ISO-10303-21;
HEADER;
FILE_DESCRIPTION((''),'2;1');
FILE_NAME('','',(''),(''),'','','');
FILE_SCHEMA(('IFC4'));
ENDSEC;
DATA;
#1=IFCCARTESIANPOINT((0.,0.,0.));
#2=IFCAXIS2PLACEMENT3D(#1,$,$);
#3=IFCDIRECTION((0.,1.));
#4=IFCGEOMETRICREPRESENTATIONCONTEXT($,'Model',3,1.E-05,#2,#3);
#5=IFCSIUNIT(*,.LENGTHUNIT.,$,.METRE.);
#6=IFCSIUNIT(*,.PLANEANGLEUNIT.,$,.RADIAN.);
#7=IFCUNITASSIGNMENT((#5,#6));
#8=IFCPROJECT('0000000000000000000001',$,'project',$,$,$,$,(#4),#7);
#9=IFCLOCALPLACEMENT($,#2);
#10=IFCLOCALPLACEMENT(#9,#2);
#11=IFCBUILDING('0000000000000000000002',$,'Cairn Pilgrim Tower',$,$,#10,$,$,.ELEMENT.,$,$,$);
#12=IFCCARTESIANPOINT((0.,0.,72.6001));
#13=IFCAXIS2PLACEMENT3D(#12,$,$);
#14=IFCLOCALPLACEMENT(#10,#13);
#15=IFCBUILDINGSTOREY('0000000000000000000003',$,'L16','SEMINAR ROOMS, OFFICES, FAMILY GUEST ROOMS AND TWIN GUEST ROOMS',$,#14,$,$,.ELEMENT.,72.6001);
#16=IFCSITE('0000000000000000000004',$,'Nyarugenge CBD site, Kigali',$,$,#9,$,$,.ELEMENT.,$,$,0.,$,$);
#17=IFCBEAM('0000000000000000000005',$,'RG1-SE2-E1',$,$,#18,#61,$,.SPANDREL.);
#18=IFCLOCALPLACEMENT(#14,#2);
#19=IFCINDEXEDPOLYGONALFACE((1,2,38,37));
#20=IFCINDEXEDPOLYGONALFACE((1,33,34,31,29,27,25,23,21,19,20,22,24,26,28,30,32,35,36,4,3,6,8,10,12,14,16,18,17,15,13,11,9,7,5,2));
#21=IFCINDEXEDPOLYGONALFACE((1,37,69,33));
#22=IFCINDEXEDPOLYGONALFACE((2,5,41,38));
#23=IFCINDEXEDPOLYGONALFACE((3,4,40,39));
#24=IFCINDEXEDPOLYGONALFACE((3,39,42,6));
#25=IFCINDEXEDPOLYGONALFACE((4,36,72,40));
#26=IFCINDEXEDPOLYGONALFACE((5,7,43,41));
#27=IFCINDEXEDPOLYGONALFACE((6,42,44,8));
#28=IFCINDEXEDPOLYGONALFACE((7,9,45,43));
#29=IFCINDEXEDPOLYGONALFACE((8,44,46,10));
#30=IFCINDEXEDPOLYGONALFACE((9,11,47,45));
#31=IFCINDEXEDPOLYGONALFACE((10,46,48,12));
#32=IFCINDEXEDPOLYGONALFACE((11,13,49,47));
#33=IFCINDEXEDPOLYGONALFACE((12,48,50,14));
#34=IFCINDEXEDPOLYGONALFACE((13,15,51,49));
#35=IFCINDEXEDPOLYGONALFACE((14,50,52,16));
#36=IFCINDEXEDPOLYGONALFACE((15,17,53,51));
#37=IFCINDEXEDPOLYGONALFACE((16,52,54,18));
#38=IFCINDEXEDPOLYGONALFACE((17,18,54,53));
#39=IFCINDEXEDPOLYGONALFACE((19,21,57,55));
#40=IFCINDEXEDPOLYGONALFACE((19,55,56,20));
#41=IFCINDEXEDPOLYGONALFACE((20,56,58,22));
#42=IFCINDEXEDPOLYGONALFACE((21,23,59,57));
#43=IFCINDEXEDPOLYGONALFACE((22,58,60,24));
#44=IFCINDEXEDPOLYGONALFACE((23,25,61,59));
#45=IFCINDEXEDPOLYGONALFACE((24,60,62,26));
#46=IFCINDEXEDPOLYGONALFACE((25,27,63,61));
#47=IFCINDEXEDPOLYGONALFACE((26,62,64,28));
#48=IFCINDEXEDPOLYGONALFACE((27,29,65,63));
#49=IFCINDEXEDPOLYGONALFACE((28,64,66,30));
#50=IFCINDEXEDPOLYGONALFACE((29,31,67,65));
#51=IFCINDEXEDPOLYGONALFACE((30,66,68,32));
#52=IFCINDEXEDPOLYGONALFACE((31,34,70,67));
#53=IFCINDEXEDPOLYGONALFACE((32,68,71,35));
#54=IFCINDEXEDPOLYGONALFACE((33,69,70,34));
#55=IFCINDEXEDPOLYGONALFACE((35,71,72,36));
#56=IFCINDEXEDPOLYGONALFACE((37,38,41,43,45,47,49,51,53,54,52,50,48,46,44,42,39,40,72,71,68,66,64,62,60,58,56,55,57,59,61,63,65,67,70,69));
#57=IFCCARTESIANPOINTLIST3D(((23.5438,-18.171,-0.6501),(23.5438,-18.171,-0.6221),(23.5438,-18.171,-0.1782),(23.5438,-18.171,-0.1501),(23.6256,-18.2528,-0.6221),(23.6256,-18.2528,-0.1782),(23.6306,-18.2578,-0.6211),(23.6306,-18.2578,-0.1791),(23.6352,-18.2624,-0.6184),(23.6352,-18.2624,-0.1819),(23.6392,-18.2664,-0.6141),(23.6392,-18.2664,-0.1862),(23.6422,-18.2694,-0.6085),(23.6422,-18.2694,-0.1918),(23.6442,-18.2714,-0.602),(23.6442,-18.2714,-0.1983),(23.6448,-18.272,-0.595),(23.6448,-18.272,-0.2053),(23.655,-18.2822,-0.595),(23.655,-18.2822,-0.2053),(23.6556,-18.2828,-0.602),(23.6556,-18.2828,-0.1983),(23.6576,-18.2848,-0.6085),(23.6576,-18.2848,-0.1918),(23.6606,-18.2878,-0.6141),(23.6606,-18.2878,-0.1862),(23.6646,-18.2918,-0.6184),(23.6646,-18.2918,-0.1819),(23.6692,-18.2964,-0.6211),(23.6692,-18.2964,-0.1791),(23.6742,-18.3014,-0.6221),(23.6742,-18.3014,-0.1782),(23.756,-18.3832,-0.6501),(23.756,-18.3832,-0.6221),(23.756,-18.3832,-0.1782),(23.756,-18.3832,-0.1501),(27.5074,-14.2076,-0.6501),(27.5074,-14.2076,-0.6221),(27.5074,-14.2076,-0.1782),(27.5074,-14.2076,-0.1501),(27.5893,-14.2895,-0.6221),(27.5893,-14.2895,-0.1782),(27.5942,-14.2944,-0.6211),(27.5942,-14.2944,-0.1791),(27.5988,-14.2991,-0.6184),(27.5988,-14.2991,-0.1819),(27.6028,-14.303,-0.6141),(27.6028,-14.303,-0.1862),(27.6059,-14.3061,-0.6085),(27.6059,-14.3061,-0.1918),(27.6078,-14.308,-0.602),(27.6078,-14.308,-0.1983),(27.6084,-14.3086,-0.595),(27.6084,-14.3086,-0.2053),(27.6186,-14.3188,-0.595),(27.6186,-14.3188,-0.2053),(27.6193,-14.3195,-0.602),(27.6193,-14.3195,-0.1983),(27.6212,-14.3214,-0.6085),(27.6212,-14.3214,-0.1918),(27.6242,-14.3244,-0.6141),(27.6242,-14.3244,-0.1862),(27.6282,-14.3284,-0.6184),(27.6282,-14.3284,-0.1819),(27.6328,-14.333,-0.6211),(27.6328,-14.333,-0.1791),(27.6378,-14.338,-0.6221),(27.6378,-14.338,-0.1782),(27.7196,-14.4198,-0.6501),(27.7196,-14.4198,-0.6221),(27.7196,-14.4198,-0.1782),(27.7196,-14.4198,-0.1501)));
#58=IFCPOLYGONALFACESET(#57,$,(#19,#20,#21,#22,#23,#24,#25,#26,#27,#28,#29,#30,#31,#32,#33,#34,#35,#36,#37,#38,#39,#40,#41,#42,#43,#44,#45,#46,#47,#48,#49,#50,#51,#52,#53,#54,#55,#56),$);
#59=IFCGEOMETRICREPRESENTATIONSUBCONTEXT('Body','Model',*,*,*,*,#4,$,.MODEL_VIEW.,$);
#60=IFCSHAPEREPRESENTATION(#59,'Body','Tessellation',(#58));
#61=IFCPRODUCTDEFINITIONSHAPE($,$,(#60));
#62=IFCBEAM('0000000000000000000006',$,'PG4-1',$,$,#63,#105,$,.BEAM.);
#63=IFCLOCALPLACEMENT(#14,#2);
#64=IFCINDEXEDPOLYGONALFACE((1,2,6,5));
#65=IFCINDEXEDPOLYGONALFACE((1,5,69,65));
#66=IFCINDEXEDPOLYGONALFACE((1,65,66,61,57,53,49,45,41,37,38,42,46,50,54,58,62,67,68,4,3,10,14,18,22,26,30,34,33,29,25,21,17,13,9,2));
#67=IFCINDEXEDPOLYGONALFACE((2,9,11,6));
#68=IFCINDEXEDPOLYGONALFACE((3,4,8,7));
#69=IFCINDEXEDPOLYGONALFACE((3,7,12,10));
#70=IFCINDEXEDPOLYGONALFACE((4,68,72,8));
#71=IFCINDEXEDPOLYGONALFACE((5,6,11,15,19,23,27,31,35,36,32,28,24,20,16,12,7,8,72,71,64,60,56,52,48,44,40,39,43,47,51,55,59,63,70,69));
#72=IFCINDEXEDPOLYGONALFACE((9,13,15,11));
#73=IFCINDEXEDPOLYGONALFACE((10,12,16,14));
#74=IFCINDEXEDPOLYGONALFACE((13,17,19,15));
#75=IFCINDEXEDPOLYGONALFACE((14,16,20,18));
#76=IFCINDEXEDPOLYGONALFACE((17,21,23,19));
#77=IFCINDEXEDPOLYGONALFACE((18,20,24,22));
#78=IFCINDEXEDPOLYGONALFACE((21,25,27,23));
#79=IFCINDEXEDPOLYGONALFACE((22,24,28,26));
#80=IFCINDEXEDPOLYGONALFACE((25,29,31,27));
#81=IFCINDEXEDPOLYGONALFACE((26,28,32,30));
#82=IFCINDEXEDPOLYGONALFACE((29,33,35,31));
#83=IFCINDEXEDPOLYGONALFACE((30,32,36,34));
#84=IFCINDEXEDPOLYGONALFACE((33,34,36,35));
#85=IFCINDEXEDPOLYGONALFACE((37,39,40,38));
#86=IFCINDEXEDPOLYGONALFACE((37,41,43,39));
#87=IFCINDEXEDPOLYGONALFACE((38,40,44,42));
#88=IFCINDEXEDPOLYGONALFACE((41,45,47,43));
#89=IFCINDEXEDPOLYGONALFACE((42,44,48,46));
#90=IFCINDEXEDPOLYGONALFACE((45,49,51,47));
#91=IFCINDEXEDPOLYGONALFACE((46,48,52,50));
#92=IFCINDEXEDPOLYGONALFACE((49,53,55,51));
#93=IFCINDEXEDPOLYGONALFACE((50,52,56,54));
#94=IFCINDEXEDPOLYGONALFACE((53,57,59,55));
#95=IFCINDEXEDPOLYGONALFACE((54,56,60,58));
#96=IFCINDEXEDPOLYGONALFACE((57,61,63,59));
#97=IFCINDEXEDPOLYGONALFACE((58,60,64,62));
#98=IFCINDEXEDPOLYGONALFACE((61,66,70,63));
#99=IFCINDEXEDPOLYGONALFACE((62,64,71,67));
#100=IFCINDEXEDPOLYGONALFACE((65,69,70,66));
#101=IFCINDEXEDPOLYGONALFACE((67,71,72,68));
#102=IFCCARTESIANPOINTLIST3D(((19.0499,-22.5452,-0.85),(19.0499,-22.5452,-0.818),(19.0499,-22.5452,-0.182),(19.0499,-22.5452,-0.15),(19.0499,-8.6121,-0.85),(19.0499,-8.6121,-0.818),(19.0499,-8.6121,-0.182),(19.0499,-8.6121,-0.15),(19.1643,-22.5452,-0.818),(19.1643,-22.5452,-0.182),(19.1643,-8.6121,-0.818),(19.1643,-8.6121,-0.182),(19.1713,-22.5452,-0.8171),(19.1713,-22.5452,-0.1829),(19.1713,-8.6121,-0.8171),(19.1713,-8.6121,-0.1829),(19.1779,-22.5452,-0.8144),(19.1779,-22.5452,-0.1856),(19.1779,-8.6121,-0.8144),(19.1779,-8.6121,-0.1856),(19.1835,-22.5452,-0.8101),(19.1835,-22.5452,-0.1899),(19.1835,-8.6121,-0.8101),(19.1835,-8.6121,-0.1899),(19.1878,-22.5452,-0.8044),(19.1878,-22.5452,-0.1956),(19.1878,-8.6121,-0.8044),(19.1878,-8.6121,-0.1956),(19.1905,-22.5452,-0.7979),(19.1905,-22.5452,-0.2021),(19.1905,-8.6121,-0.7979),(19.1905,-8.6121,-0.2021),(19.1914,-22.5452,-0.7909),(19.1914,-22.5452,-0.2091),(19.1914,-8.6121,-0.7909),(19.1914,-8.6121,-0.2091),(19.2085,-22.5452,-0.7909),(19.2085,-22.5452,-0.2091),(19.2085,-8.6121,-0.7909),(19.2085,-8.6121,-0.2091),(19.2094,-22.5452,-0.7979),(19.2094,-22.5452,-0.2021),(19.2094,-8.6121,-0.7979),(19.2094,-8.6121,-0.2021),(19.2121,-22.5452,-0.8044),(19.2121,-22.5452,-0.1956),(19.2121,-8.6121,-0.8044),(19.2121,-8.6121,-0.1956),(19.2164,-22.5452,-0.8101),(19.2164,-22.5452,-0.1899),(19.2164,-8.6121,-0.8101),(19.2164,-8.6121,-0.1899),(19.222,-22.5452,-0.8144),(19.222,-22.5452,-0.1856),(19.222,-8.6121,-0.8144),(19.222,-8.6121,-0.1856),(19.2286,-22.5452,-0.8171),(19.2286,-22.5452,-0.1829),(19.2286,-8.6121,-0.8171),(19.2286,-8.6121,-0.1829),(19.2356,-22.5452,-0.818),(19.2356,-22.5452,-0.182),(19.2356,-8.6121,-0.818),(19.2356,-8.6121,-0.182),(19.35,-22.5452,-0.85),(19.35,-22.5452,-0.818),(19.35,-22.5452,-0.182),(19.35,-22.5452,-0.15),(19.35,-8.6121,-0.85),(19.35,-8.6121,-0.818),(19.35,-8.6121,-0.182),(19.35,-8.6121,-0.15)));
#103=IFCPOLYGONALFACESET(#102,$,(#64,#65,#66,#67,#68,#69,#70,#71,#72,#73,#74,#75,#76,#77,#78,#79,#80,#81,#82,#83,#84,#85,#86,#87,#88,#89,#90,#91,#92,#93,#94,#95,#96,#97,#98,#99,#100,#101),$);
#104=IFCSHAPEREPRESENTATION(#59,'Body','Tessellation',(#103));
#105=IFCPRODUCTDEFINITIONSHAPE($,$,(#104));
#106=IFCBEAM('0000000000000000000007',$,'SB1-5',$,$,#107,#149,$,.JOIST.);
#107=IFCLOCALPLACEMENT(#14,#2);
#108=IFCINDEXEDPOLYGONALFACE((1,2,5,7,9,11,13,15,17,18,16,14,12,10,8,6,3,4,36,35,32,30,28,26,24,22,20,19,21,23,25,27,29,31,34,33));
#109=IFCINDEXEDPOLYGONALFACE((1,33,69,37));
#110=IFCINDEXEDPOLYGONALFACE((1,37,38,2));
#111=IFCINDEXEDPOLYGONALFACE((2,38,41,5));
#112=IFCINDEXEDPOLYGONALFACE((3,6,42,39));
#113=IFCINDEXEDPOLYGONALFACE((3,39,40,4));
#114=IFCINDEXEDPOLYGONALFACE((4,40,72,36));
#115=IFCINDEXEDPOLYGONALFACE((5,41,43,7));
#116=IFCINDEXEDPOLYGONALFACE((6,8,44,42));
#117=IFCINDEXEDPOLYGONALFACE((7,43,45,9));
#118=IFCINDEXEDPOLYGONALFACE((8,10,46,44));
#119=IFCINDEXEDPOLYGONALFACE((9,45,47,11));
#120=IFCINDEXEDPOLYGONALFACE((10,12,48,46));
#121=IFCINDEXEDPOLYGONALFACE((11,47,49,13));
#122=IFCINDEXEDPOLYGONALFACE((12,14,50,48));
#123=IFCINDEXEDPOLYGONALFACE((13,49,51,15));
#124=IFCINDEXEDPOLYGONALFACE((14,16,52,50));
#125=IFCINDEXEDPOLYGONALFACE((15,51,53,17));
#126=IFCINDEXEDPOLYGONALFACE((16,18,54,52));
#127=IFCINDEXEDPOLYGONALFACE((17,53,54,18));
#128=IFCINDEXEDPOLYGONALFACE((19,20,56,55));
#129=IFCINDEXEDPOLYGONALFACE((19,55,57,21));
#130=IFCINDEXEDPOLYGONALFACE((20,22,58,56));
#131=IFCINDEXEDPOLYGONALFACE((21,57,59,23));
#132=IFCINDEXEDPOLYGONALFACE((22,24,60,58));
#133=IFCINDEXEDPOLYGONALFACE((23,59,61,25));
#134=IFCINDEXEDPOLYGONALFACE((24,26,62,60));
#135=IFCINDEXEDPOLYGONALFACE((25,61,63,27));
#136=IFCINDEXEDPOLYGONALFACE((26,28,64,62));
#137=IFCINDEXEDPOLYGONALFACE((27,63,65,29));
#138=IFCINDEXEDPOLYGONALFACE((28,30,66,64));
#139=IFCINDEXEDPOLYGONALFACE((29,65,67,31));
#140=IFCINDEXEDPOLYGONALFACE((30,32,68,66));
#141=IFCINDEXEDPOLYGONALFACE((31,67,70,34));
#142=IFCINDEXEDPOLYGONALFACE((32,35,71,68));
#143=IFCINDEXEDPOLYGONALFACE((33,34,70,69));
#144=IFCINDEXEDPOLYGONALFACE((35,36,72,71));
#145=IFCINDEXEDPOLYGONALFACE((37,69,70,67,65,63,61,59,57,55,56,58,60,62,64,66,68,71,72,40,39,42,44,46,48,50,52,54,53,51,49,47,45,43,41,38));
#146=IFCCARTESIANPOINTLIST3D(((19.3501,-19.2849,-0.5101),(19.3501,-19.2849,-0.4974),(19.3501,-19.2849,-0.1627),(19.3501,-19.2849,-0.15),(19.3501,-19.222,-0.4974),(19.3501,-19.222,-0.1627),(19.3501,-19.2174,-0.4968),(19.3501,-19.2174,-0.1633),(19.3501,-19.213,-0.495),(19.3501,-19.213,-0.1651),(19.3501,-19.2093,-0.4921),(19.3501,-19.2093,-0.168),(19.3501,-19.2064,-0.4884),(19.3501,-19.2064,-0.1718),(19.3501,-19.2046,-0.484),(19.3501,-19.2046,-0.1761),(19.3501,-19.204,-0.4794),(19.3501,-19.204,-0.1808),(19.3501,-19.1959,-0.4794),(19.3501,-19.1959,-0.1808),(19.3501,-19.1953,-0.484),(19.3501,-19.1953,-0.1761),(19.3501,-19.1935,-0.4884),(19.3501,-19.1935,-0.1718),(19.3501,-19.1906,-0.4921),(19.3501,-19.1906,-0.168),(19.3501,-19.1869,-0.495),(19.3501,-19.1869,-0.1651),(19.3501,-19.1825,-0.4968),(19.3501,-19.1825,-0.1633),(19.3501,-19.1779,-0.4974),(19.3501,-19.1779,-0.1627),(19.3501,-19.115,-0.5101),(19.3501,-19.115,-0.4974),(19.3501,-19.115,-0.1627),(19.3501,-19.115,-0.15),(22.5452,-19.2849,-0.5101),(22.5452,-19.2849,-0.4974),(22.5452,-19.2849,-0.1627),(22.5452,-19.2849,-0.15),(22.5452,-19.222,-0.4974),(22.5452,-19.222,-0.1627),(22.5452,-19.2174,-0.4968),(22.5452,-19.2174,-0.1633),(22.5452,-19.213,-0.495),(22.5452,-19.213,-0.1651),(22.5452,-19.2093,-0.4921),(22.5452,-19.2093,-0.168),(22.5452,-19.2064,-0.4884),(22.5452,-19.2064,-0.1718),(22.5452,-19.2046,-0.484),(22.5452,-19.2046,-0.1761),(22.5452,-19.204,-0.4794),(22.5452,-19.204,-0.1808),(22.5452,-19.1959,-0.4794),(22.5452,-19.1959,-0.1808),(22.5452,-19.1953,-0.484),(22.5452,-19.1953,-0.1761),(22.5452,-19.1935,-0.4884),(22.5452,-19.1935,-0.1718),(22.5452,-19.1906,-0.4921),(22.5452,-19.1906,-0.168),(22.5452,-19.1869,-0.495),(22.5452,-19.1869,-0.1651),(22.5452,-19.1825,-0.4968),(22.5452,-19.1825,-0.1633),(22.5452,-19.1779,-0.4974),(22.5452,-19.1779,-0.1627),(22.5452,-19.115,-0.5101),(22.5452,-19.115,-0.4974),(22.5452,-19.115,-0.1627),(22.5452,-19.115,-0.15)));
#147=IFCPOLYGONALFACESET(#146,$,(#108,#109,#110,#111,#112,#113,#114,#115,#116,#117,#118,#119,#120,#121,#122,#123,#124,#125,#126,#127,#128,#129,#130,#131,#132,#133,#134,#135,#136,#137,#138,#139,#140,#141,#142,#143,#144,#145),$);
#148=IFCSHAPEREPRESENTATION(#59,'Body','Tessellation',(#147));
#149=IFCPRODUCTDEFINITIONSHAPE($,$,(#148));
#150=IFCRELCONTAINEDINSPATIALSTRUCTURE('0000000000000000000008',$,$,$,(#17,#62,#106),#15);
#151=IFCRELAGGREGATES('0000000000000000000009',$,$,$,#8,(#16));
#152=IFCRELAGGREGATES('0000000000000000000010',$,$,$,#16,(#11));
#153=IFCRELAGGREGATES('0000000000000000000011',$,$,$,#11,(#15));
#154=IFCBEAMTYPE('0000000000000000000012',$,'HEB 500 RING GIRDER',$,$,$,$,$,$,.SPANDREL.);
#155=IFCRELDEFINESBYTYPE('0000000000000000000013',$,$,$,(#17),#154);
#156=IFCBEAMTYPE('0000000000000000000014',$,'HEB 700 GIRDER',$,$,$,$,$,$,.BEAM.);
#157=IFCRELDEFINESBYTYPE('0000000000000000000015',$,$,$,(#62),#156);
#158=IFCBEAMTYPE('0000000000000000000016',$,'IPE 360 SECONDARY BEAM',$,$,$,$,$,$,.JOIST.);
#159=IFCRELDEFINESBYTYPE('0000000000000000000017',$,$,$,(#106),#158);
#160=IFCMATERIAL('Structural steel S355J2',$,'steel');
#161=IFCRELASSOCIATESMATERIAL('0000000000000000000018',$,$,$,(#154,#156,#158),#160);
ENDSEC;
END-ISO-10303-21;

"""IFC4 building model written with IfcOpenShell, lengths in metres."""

from ifc_helpers import new_model, si_unit, direction, frame, origin, origin_2d, place, context, subcontext, project, spatial, i_section, extrude, material, material_profile, profile_set, type_object, element, save


model = new_model("IFC4")

# Units and contexts
model_context = context("Model", 3, precision=1e-05, world=origin(), true_north=direction((0.0, 1.0)))
body_context = subcontext(model_context, "Body", "Model", "MODEL_VIEW")
ifc_project = project(units=[si_unit("LENGTHUNIT", "METRE"), si_unit("PLANEANGLEUNIT", "RADIAN")], contexts=[model_context])

# Site, building, storey
site_placement = place(None, origin())
site = spatial("IfcSite", under=ifc_project, at=site_placement, Name="Nyarugenge CBD site, Kigali", CompositionType="ELEMENT", RefElevation=0.0)
building_placement = place(site_placement, origin())
building = spatial("IfcBuilding", under=site, at=building_placement, Name="Cairn Pilgrim Tower", CompositionType="ELEMENT")
storey_placement = place(building_placement, frame((0.0, 0.0, 72.6001)))
storey = spatial("IfcBuildingStorey", under=building, at=storey_placement, Name="L16", Description="SEMINAR ROOMS, OFFICES, FAMILY GUEST ROOMS AND TWIN GUEST ROOMS", CompositionType="ELEMENT", Elevation=72.6001)

# Shared definitions
ifc_material_1 = material(Name="Structural steel S355J2", Category="steel")

# Beams
ifc_material_profile_1 = material_profile(ifc_material_1, i_section(OverallWidth=0.3, OverallDepth=0.5, WebThickness=0.0144, FlangeThickness=0.0281, FilletRadius=0.0271, at=origin_2d()), Name="HEB 500")
ifc_profile_set_1 = profile_set([ifc_material_profile_1], Name="Structural steel S355J2")
beam_type_1 = type_object("IfcBeamType", Name="HEB 500 RING GIRDER", PredefinedType="SPANDREL", material=ifc_profile_set_1)
beam_1_placement = place(storey_placement, frame((23.6499, -18.2771, -0.4001), z_axis=(0.707129, 0.707085, 0.0), x_axis=(-0.707085, 0.707129, 0.0)))
element("IfcBeam", 1, at=beam_1_placement, inside=storey, type_object=beam_type_1, Name="RG1-SE2-E1", PredefinedType="SPANDREL", context=body_context, shape_type="SweptSolid", body=[
    extrude(i_section(OverallWidth=0.3, OverallDepth=0.5, WebThickness=0.0144, FlangeThickness=0.0281, FilletRadius=0.0271, at=origin_2d()), origin(), (0.0, 0.0, 1.0), 5.6052),
])
ifc_material_profile_2 = material_profile(ifc_material_1, i_section(OverallWidth=0.3, OverallDepth=0.7, WebThickness=0.0171, FlangeThickness=0.032, FilletRadius=0.0271, at=origin_2d()), Name="HEB 700")
ifc_profile_set_2 = profile_set([ifc_material_profile_2], Name="Structural steel S355J2")
beam_type_2 = type_object("IfcBeamType", Name="HEB 700 GIRDER", PredefinedType="BEAM", material=ifc_profile_set_2)
beam_2_placement = place(storey_placement, frame((19.2, -22.5452, -0.5), z_axis=(0.0, 1.0, 0.0), x_axis=(-1.0, 0.0, 0.0)))
element("IfcBeam", 2, at=beam_2_placement, inside=storey, type_object=beam_type_2, Name="PG4-1", PredefinedType="BEAM", context=body_context, shape_type="SweptSolid", body=[
    extrude(i_section(OverallWidth=0.3, OverallDepth=0.7, WebThickness=0.0171, FlangeThickness=0.032, FilletRadius=0.0271, at=origin_2d()), origin(), (0.0, 0.0, 1.0), 13.9331),
])
ifc_material_profile_3 = material_profile(ifc_material_1, i_section(OverallWidth=0.1699, OverallDepth=0.3601, WebThickness=0.0081, FlangeThickness=0.0127, FilletRadius=0.0181, at=origin_2d()), Name="IPE 360")
ifc_profile_set_3 = profile_set([ifc_material_profile_3], Name="Structural steel S355J2")
beam_type_3 = type_object("IfcBeamType", Name="IPE 360 SECONDARY BEAM", PredefinedType="JOIST", material=ifc_profile_set_3)
beam_3_placement = place(storey_placement, frame((19.3501, -19.2, -0.3301), z_axis=(1.0, 0.0, 0.0), x_axis=(0.0, 1.0, 0.0)))
element("IfcBeam", 3, at=beam_3_placement, inside=storey, type_object=beam_type_3, Name="SB1-5", PredefinedType="JOIST", context=body_context, shape_type="SweptSolid", body=[
    extrude(i_section(OverallWidth=0.1699, OverallDepth=0.3601, WebThickness=0.0081, FlangeThickness=0.0127, FilletRadius=0.0181, at=origin_2d()), origin(), (0.0, 0.0, 1.0), 3.1951),
])

save(model, "model.ifc")
